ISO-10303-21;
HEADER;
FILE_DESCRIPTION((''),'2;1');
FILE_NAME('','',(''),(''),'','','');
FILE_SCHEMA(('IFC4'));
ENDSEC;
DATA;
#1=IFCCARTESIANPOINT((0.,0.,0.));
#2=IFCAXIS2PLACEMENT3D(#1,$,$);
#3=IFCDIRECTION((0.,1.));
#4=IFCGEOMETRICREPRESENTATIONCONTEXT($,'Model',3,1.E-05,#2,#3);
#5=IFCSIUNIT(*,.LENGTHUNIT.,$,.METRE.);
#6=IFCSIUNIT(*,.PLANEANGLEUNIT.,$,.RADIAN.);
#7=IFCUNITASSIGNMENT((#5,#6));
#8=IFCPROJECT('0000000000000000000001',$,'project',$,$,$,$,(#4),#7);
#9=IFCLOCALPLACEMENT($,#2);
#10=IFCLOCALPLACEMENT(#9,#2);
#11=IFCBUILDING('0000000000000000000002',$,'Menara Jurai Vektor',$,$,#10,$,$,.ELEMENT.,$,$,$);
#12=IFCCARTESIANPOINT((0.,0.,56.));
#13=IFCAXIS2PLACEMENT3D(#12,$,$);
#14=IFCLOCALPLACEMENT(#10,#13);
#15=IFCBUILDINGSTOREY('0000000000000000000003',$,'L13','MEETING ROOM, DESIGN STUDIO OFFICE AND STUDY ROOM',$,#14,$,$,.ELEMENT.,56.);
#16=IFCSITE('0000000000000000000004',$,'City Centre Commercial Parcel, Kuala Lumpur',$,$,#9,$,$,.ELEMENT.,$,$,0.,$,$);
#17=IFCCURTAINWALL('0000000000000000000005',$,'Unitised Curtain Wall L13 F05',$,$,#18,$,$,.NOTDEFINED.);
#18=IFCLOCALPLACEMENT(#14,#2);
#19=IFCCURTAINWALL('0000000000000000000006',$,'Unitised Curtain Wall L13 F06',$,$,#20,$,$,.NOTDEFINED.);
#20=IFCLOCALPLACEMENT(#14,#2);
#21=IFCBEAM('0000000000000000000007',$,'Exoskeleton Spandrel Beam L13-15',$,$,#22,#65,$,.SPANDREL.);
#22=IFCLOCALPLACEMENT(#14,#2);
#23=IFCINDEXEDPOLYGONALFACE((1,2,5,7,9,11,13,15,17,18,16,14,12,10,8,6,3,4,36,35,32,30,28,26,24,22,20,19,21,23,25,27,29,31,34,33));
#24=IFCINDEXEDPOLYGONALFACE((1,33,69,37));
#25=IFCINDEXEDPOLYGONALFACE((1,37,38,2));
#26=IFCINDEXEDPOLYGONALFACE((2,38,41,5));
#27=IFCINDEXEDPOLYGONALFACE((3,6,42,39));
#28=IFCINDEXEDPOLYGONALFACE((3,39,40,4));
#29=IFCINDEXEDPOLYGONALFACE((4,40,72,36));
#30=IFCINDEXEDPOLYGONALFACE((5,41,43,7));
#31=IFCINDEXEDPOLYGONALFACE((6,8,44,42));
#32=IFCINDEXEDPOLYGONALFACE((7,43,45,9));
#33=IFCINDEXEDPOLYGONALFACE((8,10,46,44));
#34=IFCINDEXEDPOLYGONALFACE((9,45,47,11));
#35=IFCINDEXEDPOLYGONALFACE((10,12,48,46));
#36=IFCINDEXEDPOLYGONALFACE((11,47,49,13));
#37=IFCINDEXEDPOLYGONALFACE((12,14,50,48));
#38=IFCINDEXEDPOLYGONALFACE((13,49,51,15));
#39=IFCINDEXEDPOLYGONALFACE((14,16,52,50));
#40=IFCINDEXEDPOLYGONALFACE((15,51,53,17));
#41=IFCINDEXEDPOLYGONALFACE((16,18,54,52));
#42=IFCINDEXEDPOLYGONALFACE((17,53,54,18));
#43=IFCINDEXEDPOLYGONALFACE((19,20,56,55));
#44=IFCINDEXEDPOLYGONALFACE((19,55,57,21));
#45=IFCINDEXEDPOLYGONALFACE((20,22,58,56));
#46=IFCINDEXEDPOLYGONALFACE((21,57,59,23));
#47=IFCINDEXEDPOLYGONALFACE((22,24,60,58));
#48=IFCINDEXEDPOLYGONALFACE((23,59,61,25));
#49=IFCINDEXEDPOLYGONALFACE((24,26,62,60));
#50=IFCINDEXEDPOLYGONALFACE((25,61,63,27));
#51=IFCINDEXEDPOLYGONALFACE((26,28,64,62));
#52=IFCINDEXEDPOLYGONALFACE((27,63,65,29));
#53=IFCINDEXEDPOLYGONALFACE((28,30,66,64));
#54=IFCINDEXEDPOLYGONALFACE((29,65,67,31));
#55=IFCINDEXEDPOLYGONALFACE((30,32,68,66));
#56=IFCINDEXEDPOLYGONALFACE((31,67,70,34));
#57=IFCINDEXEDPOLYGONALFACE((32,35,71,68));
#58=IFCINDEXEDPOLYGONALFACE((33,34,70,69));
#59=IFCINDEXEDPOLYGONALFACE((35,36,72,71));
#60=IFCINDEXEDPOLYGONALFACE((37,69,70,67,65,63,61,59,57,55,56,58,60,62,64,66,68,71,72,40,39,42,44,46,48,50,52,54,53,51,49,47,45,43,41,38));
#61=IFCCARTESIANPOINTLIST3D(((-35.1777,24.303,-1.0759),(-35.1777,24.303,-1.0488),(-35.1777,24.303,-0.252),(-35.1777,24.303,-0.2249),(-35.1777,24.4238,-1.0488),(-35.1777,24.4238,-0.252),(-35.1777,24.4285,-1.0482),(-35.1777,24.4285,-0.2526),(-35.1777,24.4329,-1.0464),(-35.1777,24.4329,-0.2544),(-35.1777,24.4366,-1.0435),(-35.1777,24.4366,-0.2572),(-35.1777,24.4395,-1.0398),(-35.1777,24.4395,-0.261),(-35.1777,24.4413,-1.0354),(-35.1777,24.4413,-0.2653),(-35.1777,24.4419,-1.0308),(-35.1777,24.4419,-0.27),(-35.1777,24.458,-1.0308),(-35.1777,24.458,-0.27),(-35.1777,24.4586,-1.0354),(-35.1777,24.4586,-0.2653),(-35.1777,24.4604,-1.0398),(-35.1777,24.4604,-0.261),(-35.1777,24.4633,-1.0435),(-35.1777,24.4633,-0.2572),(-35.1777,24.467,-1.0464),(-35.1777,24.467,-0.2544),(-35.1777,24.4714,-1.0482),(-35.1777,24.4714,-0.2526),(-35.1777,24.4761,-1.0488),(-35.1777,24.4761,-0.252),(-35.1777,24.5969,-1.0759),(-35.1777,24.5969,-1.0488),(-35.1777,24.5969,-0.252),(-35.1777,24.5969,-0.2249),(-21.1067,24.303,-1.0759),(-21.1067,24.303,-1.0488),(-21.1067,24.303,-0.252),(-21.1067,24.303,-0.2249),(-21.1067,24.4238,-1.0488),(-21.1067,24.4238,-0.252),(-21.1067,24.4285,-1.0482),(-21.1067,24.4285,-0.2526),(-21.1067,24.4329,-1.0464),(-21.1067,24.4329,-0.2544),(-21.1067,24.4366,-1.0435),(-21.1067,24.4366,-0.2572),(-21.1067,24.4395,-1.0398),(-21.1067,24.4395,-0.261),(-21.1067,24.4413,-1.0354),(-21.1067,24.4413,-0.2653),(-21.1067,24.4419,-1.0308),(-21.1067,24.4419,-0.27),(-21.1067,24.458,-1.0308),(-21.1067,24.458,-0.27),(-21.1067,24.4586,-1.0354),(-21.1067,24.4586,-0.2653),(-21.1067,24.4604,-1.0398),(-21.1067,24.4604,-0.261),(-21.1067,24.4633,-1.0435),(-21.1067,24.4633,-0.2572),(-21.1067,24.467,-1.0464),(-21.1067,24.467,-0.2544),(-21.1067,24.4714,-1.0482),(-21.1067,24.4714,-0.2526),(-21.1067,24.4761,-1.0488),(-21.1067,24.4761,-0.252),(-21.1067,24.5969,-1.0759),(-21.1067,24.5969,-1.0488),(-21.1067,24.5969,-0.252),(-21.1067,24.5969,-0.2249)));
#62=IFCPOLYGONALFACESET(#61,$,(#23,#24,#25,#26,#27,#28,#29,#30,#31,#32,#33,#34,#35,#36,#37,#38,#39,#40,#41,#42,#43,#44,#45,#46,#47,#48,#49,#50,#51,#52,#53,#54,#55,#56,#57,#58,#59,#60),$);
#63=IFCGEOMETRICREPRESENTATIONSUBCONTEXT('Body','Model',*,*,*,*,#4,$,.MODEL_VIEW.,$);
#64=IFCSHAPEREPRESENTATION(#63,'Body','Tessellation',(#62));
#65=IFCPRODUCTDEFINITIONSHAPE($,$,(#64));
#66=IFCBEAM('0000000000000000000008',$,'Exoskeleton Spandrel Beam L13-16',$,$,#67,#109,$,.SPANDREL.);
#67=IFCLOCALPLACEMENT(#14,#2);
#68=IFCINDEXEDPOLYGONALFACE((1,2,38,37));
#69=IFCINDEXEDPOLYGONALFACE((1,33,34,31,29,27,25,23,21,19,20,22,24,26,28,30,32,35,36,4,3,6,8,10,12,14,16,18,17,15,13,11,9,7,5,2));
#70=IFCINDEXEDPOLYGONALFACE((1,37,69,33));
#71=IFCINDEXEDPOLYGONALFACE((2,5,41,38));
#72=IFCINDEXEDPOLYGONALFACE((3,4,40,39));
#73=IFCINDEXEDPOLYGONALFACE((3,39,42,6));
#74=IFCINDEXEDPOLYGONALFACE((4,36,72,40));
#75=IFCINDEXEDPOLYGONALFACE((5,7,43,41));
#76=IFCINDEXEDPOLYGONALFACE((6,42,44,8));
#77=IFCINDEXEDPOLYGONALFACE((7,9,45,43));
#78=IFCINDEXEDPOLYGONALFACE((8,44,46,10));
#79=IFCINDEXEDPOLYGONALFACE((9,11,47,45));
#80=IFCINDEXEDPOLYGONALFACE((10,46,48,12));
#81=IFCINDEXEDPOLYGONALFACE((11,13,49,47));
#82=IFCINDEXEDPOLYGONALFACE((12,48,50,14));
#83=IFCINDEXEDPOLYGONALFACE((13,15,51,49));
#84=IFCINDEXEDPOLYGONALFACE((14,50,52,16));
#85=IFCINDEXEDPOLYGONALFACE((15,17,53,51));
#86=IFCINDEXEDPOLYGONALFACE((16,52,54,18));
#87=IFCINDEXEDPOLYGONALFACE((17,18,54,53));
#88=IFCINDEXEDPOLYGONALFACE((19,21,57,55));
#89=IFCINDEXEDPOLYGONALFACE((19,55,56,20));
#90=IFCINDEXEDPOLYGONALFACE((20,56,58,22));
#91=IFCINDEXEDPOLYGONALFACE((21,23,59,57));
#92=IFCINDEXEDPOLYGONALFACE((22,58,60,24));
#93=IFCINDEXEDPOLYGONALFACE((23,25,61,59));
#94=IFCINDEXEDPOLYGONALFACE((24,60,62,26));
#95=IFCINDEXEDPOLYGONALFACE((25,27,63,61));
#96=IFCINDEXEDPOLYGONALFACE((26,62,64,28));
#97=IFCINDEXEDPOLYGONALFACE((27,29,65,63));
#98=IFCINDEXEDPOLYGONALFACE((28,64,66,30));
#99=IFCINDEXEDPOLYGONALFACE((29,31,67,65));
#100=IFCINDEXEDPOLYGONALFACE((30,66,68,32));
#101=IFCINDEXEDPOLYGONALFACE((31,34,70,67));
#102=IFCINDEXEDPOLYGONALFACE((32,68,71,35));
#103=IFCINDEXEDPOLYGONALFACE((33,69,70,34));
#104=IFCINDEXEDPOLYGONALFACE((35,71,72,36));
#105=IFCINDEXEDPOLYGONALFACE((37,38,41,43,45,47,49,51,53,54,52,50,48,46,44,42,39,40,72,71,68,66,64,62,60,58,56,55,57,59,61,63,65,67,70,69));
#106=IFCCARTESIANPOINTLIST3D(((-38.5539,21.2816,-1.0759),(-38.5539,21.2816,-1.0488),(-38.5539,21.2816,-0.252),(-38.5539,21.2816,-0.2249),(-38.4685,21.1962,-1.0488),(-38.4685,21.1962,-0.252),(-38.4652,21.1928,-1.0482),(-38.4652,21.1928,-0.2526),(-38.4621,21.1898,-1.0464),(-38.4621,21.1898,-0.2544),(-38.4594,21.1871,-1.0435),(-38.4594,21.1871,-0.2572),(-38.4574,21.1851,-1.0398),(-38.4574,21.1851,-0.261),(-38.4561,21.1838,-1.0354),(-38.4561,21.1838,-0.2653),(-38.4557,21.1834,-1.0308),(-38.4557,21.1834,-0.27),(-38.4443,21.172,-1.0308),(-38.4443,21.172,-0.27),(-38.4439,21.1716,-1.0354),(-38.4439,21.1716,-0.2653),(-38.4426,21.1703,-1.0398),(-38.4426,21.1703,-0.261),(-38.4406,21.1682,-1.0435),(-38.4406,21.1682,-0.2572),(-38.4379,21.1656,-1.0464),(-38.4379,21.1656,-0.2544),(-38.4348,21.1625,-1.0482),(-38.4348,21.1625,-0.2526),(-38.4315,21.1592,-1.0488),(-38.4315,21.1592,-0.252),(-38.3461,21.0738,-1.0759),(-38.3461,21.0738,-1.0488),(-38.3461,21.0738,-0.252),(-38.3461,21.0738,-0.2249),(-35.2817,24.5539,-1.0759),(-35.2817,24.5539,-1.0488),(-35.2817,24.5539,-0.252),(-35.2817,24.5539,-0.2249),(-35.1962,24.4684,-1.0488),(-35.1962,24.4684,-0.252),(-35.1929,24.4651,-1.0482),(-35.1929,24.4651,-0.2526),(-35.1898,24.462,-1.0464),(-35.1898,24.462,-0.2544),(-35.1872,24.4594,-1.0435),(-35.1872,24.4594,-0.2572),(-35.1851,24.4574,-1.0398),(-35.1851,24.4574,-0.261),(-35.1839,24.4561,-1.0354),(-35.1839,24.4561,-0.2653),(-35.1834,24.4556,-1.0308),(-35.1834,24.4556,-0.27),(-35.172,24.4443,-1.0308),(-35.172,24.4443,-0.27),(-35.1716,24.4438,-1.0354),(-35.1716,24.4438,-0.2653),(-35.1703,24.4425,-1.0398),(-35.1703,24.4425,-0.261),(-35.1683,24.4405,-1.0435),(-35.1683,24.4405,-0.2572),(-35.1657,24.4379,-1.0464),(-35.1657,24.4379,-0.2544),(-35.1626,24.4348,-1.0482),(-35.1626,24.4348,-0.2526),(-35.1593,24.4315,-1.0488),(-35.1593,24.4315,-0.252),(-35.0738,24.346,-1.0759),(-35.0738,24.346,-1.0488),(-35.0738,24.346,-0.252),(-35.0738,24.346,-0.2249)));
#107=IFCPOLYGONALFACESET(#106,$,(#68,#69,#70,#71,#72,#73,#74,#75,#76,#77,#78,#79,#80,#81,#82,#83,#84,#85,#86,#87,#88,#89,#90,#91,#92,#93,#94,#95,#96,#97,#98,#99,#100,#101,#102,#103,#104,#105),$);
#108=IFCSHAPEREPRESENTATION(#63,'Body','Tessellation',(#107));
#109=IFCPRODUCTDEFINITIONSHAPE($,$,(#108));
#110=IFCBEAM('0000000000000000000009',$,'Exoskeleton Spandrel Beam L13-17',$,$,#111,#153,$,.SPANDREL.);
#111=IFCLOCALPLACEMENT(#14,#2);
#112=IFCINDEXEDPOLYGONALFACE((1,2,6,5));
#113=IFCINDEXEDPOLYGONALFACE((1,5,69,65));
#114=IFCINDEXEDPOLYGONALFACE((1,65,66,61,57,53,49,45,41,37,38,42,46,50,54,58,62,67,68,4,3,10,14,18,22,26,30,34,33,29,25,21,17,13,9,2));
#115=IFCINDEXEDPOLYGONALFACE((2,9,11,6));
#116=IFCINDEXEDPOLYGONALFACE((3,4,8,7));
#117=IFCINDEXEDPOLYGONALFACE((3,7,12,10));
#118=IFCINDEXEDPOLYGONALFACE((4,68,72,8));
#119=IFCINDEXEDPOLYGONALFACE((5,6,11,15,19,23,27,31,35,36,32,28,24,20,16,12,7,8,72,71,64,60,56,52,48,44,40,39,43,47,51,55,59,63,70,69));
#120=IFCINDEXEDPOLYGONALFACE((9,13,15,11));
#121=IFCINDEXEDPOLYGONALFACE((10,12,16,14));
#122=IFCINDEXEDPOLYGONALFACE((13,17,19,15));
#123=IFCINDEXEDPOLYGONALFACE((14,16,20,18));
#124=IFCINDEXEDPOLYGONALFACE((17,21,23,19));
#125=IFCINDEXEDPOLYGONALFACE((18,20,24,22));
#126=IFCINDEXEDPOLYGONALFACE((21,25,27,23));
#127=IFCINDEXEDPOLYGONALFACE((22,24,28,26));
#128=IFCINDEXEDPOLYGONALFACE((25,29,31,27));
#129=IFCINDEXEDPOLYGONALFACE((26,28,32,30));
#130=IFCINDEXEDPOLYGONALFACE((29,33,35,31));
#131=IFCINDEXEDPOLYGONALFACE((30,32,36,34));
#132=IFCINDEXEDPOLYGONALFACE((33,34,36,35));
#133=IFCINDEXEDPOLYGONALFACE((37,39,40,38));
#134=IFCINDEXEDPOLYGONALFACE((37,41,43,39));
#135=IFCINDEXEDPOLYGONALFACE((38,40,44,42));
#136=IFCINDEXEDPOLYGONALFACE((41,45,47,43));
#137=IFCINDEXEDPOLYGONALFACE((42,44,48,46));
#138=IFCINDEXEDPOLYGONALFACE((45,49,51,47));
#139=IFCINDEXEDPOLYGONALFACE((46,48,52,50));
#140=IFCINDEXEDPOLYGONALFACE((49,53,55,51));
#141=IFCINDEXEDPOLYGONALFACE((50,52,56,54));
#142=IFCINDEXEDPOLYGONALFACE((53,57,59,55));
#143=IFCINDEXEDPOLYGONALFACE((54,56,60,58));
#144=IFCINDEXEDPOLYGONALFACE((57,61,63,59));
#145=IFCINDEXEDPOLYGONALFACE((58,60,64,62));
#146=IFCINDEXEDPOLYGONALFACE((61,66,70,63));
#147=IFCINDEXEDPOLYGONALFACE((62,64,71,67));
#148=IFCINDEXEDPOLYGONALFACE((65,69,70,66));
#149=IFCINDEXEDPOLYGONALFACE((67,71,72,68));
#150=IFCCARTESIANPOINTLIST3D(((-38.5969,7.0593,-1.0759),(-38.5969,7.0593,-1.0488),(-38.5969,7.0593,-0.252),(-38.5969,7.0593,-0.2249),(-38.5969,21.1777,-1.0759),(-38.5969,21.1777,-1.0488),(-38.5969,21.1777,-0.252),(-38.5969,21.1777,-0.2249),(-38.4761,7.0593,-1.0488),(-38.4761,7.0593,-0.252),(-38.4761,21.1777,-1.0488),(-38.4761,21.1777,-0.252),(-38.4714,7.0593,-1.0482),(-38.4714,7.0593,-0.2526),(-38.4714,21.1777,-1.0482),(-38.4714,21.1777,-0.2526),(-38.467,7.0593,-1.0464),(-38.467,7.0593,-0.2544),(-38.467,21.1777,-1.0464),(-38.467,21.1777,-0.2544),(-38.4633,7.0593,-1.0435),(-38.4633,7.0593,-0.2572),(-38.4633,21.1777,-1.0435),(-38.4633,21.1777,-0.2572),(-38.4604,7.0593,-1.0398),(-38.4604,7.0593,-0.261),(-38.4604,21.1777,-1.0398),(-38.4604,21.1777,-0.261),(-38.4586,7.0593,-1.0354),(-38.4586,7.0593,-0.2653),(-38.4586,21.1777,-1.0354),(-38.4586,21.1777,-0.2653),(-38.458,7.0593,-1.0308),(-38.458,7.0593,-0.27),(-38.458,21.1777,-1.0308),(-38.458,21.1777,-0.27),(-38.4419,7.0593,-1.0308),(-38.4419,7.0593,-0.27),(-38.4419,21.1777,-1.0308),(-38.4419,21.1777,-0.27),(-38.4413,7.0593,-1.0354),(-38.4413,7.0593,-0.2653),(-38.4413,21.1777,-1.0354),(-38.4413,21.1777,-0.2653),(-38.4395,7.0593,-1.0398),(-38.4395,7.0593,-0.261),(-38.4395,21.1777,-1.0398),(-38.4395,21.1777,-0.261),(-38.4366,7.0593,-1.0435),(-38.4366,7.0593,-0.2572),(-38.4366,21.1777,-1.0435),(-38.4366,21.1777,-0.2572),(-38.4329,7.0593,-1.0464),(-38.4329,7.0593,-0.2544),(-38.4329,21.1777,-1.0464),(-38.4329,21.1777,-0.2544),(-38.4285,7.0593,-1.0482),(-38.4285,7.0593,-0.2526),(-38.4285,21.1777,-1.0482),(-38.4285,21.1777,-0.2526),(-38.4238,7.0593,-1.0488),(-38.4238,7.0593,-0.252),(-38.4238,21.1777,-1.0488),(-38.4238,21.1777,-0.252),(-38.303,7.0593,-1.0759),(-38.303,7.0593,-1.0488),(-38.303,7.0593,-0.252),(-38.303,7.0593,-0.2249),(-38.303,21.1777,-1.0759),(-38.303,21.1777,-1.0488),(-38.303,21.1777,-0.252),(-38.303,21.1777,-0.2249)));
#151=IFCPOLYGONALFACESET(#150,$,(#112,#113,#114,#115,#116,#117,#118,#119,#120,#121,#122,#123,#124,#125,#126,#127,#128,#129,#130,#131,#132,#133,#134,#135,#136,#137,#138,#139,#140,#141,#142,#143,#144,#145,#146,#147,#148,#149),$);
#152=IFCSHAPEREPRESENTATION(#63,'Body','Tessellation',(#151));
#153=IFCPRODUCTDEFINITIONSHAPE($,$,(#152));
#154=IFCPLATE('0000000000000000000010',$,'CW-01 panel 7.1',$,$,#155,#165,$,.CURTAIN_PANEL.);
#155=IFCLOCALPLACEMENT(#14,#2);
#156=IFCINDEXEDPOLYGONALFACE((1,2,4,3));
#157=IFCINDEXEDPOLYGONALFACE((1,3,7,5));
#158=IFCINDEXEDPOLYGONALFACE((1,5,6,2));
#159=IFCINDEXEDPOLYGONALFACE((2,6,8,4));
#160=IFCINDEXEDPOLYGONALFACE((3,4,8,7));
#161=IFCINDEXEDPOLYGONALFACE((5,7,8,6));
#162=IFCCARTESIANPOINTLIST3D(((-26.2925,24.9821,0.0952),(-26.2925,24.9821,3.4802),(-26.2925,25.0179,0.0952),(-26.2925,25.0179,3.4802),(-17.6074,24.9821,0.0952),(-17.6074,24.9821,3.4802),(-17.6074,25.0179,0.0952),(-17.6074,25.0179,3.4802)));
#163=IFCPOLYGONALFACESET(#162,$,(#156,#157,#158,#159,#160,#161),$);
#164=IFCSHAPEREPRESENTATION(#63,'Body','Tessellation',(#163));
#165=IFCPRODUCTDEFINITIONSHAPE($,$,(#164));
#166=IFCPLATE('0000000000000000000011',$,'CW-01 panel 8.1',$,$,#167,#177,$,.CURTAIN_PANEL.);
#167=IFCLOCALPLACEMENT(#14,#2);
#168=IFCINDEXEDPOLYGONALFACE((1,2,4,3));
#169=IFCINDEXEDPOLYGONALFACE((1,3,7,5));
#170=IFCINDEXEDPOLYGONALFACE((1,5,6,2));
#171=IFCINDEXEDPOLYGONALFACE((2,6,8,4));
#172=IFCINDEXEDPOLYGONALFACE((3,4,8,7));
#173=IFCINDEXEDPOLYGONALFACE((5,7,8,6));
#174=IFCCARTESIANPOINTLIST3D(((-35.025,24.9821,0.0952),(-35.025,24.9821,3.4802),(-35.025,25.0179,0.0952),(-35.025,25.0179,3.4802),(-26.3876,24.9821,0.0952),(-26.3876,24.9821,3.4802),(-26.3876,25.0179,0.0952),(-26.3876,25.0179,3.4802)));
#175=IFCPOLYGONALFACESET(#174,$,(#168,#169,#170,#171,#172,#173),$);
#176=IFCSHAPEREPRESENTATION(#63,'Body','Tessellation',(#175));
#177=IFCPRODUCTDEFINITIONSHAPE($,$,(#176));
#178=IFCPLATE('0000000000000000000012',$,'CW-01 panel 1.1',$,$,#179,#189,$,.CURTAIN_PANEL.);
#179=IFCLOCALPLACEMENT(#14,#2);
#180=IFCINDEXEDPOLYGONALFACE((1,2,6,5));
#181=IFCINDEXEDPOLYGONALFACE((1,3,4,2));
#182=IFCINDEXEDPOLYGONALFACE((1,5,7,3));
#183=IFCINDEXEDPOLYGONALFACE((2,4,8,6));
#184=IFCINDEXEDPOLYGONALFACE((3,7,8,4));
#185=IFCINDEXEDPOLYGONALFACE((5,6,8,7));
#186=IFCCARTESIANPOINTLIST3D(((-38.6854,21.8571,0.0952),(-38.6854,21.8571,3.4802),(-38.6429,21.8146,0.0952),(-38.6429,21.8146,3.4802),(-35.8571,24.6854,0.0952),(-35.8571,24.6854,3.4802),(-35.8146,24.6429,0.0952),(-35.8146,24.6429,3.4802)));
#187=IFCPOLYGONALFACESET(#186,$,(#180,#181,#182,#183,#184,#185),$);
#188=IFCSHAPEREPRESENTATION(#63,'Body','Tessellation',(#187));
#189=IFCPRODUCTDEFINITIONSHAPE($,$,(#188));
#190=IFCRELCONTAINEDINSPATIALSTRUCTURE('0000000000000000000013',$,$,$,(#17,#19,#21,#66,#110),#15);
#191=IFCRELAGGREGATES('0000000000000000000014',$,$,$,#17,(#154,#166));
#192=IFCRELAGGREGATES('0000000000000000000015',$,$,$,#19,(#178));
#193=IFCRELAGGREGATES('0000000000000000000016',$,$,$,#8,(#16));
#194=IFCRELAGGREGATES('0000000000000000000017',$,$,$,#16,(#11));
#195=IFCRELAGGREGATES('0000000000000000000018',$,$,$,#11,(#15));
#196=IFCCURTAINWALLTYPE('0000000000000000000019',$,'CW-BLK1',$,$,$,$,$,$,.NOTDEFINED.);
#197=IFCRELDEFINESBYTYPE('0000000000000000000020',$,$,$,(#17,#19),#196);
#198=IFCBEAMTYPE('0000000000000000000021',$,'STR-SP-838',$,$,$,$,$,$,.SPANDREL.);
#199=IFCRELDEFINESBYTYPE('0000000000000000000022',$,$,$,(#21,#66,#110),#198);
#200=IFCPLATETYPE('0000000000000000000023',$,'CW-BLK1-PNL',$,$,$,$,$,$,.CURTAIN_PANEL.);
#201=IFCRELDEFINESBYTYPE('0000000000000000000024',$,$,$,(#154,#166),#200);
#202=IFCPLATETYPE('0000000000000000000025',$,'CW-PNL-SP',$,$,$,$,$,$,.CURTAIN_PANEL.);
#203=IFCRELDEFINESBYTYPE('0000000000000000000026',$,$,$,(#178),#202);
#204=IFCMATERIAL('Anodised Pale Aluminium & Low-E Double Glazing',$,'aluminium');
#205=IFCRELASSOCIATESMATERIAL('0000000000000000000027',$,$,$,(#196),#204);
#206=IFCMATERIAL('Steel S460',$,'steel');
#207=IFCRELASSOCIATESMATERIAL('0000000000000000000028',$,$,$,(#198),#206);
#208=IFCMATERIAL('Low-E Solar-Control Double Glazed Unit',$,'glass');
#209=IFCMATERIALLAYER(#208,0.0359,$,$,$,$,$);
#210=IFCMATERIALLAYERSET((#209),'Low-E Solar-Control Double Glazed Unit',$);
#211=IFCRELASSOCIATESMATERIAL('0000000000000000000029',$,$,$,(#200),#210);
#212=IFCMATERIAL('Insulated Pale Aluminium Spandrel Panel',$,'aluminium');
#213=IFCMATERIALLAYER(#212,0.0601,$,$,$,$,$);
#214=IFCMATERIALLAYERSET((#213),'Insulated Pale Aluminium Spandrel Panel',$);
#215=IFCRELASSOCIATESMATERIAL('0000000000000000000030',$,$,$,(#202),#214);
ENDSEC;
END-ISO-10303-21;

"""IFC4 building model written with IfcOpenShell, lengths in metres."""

from ifc_helpers import new_model, si_unit, direction, frame, origin, origin_2d, place, context, subcontext, project, spatial, rectangle, i_section, extrude, material, layer, layer_set, material_profile, profile_set, type_object, element, aggregate, save


model = new_model("IFC4")

# Units and contexts
model_context = context("Model", 3, precision=1e-05, world=origin(), true_north=direction((0.0, 1.0)))
body_context = subcontext(model_context, "Body", "Model", "MODEL_VIEW")
ifc_project = project(units=[si_unit("LENGTHUNIT", "METRE"), si_unit("PLANEANGLEUNIT", "RADIAN")], contexts=[model_context])

# Site, building, storey
site_placement = place(None, origin())
site = spatial("IfcSite", under=ifc_project, at=site_placement, Name="City Centre Commercial Parcel, Kuala Lumpur", CompositionType="ELEMENT", RefElevation=0.0)
building_placement = place(site_placement, origin())
building = spatial("IfcBuilding", under=site, at=building_placement, Name="Menara Jurai Vektor", CompositionType="ELEMENT")
storey_placement = place(building_placement, frame((0.0, 0.0, 56.0)))
storey = spatial("IfcBuildingStorey", under=building, at=storey_placement, Name="L13", Description="MEETING ROOM, DESIGN STUDIO OFFICE AND STUDY ROOM", CompositionType="ELEMENT", Elevation=56.0)

# Shared definitions
ifc_material_1 = material(Name="Steel S460", Category="steel")

# Curtain walls
ifc_material_2 = material(Name="Anodised Pale Aluminium & Low-E Double Glazing", Category="aluminium")
curtain_wall_type = type_object("IfcCurtainWallType", Name="CW-BLK1", PredefinedType="NOTDEFINED", material=ifc_material_2)
curtain_wall_1_placement = place(storey_placement, origin())
curtain_wall_1 = element("IfcCurtainWall", 1, at=curtain_wall_1_placement, inside=storey, type_object=curtain_wall_type, Name="Unitised Curtain Wall L13 F05", PredefinedType="NOTDEFINED")
curtain_wall_2_placement = place(storey_placement, origin())
curtain_wall_2 = element("IfcCurtainWall", 2, at=curtain_wall_2_placement, inside=storey, type_object=curtain_wall_type, Name="Unitised Curtain Wall L13 F06", PredefinedType="NOTDEFINED")

# Beams
ifc_material_profile_1 = material_profile(ifc_material_1, i_section(OverallWidth=0.2939, OverallDepth=0.8511, WebThickness=0.0161, FlangeThickness=0.0271, FilletRadius=0.0181, at=origin_2d()), Name="UKB 838x292x226")
ifc_profile_set_1 = profile_set([ifc_material_profile_1], Name="Steel S460")
beam_type_1 = type_object("IfcBeamType", Name="STR-SP-838", PredefinedType="SPANDREL", material=ifc_profile_set_1)
beam_1_placement = place(storey_placement, frame((-21.1067, 24.45, -0.6504), z_axis=(-1.0, 0.0, 0.0), x_axis=(0.0, -1.0, 0.0)))
element("IfcBeam", 3, at=beam_1_placement, inside=storey, type_object=beam_type_1, Name="Exoskeleton Spandrel Beam L13-15", PredefinedType="SPANDREL", context=body_context, shape_type="SweptSolid", body=[
    extrude(i_section(OverallWidth=0.2939, OverallDepth=0.8511, WebThickness=0.0161, FlangeThickness=0.0271, FilletRadius=0.0181, at=origin_2d()), origin(), (0.0, 0.0, 1.0), 14.071),
])
beam_2_placement = place(storey_placement, frame((-35.1777, 24.45, -0.6504), z_axis=(-0.707107, -0.707107, 0.0), x_axis=(0.707107, -0.707107, 0.0)))
element("IfcBeam", 4, at=beam_2_placement, inside=storey, type_object=beam_type_1, Name="Exoskeleton Spandrel Beam L13-16", PredefinedType="SPANDREL", context=body_context, shape_type="SweptSolid", body=[
    extrude(i_section(OverallWidth=0.2939, OverallDepth=0.8511, WebThickness=0.0161, FlangeThickness=0.0271, FilletRadius=0.0181, at=origin_2d()), origin(), (0.0, 0.0, 1.0), 4.6277),
])
beam_3_placement = place(storey_placement, frame((-38.45, 21.1777, -0.6504), z_axis=(0.0, -1.0, 0.0), x_axis=(1.0, 0.0, 0.0)))
element("IfcBeam", 5, at=beam_3_placement, inside=storey, type_object=beam_type_1, Name="Exoskeleton Spandrel Beam L13-17", PredefinedType="SPANDREL", context=body_context, shape_type="SweptSolid", body=[
    extrude(i_section(OverallWidth=0.2939, OverallDepth=0.8511, WebThickness=0.0161, FlangeThickness=0.0271, FilletRadius=0.0181, at=origin_2d()), origin(), (0.0, 0.0, 1.0), 14.1184),
])

# Plates
ifc_material_3 = material(Name="Low-E Solar-Control Double Glazed Unit", Category="glass")
ifc_layer_1 = layer(ifc_material_3, 0.0359)
ifc_layer_set_1 = layer_set([ifc_layer_1], Name="Low-E Solar-Control Double Glazed Unit")
plate_type_1 = type_object("IfcPlateType", Name="CW-BLK1-PNL", PredefinedType="CURTAIN_PANEL", material=ifc_layer_set_1)
plate_1_placement = place(storey_placement, frame((-21.95, 25.0, 0.0952), z_axis=(0.0, 0.0, 1.0), x_axis=(-1.0, 0.0, 0.0)))
plate_1 = element("IfcPlate", 6, at=plate_1_placement, type_object=plate_type_1, Name="CW-01 panel 7.1", PredefinedType="CURTAIN_PANEL", context=body_context, shape_type="SweptSolid", body=[
    extrude(rectangle(XDim=8.6851, YDim=0.0359, at=origin_2d()), origin(), (0.0, 0.0, 1.0), 3.385),
])
plate_2_placement = place(storey_placement, frame((-30.7063, 25.0, 0.0952), z_axis=(0.0, 0.0, 1.0), x_axis=(-1.0, 0.0, 0.0)))
plate_2 = element("IfcPlate", 7, at=plate_2_placement, type_object=plate_type_1, Name="CW-01 panel 8.1", PredefinedType="CURTAIN_PANEL", context=body_context, shape_type="SweptSolid", body=[
    extrude(rectangle(XDim=8.6375, YDim=0.0359, at=origin_2d()), origin(), (0.0, 0.0, 1.0), 3.385),
])
aggregate(curtain_wall_1, [plate_1, plate_2])
ifc_material_4 = material(Name="Insulated Pale Aluminium Spandrel Panel", Category="aluminium")
ifc_layer_2 = layer(ifc_material_4, 0.0601)
ifc_layer_set_2 = layer_set([ifc_layer_2], Name="Insulated Pale Aluminium Spandrel Panel")
plate_type_2 = type_object("IfcPlateType", Name="CW-PNL-SP", PredefinedType="CURTAIN_PANEL", material=ifc_layer_set_2)
plate_3_placement = place(storey_placement, frame((-37.25, 23.25, 0.0952), z_axis=(0.0, 0.0, 1.0), x_axis=(-0.707107, -0.707107, 0.0)))
plate_3 = element("IfcPlate", 8, at=plate_3_placement, type_object=plate_type_2, Name="CW-01 panel 1.1", PredefinedType="CURTAIN_PANEL", context=body_context, shape_type="SweptSolid", body=[
    extrude(rectangle(XDim=3.9998, YDim=0.0601, at=origin_2d()), origin(), (0.0, 0.0, 1.0), 3.385),
])
aggregate(curtain_wall_2, [plate_3])

save(model, "model.ifc")
